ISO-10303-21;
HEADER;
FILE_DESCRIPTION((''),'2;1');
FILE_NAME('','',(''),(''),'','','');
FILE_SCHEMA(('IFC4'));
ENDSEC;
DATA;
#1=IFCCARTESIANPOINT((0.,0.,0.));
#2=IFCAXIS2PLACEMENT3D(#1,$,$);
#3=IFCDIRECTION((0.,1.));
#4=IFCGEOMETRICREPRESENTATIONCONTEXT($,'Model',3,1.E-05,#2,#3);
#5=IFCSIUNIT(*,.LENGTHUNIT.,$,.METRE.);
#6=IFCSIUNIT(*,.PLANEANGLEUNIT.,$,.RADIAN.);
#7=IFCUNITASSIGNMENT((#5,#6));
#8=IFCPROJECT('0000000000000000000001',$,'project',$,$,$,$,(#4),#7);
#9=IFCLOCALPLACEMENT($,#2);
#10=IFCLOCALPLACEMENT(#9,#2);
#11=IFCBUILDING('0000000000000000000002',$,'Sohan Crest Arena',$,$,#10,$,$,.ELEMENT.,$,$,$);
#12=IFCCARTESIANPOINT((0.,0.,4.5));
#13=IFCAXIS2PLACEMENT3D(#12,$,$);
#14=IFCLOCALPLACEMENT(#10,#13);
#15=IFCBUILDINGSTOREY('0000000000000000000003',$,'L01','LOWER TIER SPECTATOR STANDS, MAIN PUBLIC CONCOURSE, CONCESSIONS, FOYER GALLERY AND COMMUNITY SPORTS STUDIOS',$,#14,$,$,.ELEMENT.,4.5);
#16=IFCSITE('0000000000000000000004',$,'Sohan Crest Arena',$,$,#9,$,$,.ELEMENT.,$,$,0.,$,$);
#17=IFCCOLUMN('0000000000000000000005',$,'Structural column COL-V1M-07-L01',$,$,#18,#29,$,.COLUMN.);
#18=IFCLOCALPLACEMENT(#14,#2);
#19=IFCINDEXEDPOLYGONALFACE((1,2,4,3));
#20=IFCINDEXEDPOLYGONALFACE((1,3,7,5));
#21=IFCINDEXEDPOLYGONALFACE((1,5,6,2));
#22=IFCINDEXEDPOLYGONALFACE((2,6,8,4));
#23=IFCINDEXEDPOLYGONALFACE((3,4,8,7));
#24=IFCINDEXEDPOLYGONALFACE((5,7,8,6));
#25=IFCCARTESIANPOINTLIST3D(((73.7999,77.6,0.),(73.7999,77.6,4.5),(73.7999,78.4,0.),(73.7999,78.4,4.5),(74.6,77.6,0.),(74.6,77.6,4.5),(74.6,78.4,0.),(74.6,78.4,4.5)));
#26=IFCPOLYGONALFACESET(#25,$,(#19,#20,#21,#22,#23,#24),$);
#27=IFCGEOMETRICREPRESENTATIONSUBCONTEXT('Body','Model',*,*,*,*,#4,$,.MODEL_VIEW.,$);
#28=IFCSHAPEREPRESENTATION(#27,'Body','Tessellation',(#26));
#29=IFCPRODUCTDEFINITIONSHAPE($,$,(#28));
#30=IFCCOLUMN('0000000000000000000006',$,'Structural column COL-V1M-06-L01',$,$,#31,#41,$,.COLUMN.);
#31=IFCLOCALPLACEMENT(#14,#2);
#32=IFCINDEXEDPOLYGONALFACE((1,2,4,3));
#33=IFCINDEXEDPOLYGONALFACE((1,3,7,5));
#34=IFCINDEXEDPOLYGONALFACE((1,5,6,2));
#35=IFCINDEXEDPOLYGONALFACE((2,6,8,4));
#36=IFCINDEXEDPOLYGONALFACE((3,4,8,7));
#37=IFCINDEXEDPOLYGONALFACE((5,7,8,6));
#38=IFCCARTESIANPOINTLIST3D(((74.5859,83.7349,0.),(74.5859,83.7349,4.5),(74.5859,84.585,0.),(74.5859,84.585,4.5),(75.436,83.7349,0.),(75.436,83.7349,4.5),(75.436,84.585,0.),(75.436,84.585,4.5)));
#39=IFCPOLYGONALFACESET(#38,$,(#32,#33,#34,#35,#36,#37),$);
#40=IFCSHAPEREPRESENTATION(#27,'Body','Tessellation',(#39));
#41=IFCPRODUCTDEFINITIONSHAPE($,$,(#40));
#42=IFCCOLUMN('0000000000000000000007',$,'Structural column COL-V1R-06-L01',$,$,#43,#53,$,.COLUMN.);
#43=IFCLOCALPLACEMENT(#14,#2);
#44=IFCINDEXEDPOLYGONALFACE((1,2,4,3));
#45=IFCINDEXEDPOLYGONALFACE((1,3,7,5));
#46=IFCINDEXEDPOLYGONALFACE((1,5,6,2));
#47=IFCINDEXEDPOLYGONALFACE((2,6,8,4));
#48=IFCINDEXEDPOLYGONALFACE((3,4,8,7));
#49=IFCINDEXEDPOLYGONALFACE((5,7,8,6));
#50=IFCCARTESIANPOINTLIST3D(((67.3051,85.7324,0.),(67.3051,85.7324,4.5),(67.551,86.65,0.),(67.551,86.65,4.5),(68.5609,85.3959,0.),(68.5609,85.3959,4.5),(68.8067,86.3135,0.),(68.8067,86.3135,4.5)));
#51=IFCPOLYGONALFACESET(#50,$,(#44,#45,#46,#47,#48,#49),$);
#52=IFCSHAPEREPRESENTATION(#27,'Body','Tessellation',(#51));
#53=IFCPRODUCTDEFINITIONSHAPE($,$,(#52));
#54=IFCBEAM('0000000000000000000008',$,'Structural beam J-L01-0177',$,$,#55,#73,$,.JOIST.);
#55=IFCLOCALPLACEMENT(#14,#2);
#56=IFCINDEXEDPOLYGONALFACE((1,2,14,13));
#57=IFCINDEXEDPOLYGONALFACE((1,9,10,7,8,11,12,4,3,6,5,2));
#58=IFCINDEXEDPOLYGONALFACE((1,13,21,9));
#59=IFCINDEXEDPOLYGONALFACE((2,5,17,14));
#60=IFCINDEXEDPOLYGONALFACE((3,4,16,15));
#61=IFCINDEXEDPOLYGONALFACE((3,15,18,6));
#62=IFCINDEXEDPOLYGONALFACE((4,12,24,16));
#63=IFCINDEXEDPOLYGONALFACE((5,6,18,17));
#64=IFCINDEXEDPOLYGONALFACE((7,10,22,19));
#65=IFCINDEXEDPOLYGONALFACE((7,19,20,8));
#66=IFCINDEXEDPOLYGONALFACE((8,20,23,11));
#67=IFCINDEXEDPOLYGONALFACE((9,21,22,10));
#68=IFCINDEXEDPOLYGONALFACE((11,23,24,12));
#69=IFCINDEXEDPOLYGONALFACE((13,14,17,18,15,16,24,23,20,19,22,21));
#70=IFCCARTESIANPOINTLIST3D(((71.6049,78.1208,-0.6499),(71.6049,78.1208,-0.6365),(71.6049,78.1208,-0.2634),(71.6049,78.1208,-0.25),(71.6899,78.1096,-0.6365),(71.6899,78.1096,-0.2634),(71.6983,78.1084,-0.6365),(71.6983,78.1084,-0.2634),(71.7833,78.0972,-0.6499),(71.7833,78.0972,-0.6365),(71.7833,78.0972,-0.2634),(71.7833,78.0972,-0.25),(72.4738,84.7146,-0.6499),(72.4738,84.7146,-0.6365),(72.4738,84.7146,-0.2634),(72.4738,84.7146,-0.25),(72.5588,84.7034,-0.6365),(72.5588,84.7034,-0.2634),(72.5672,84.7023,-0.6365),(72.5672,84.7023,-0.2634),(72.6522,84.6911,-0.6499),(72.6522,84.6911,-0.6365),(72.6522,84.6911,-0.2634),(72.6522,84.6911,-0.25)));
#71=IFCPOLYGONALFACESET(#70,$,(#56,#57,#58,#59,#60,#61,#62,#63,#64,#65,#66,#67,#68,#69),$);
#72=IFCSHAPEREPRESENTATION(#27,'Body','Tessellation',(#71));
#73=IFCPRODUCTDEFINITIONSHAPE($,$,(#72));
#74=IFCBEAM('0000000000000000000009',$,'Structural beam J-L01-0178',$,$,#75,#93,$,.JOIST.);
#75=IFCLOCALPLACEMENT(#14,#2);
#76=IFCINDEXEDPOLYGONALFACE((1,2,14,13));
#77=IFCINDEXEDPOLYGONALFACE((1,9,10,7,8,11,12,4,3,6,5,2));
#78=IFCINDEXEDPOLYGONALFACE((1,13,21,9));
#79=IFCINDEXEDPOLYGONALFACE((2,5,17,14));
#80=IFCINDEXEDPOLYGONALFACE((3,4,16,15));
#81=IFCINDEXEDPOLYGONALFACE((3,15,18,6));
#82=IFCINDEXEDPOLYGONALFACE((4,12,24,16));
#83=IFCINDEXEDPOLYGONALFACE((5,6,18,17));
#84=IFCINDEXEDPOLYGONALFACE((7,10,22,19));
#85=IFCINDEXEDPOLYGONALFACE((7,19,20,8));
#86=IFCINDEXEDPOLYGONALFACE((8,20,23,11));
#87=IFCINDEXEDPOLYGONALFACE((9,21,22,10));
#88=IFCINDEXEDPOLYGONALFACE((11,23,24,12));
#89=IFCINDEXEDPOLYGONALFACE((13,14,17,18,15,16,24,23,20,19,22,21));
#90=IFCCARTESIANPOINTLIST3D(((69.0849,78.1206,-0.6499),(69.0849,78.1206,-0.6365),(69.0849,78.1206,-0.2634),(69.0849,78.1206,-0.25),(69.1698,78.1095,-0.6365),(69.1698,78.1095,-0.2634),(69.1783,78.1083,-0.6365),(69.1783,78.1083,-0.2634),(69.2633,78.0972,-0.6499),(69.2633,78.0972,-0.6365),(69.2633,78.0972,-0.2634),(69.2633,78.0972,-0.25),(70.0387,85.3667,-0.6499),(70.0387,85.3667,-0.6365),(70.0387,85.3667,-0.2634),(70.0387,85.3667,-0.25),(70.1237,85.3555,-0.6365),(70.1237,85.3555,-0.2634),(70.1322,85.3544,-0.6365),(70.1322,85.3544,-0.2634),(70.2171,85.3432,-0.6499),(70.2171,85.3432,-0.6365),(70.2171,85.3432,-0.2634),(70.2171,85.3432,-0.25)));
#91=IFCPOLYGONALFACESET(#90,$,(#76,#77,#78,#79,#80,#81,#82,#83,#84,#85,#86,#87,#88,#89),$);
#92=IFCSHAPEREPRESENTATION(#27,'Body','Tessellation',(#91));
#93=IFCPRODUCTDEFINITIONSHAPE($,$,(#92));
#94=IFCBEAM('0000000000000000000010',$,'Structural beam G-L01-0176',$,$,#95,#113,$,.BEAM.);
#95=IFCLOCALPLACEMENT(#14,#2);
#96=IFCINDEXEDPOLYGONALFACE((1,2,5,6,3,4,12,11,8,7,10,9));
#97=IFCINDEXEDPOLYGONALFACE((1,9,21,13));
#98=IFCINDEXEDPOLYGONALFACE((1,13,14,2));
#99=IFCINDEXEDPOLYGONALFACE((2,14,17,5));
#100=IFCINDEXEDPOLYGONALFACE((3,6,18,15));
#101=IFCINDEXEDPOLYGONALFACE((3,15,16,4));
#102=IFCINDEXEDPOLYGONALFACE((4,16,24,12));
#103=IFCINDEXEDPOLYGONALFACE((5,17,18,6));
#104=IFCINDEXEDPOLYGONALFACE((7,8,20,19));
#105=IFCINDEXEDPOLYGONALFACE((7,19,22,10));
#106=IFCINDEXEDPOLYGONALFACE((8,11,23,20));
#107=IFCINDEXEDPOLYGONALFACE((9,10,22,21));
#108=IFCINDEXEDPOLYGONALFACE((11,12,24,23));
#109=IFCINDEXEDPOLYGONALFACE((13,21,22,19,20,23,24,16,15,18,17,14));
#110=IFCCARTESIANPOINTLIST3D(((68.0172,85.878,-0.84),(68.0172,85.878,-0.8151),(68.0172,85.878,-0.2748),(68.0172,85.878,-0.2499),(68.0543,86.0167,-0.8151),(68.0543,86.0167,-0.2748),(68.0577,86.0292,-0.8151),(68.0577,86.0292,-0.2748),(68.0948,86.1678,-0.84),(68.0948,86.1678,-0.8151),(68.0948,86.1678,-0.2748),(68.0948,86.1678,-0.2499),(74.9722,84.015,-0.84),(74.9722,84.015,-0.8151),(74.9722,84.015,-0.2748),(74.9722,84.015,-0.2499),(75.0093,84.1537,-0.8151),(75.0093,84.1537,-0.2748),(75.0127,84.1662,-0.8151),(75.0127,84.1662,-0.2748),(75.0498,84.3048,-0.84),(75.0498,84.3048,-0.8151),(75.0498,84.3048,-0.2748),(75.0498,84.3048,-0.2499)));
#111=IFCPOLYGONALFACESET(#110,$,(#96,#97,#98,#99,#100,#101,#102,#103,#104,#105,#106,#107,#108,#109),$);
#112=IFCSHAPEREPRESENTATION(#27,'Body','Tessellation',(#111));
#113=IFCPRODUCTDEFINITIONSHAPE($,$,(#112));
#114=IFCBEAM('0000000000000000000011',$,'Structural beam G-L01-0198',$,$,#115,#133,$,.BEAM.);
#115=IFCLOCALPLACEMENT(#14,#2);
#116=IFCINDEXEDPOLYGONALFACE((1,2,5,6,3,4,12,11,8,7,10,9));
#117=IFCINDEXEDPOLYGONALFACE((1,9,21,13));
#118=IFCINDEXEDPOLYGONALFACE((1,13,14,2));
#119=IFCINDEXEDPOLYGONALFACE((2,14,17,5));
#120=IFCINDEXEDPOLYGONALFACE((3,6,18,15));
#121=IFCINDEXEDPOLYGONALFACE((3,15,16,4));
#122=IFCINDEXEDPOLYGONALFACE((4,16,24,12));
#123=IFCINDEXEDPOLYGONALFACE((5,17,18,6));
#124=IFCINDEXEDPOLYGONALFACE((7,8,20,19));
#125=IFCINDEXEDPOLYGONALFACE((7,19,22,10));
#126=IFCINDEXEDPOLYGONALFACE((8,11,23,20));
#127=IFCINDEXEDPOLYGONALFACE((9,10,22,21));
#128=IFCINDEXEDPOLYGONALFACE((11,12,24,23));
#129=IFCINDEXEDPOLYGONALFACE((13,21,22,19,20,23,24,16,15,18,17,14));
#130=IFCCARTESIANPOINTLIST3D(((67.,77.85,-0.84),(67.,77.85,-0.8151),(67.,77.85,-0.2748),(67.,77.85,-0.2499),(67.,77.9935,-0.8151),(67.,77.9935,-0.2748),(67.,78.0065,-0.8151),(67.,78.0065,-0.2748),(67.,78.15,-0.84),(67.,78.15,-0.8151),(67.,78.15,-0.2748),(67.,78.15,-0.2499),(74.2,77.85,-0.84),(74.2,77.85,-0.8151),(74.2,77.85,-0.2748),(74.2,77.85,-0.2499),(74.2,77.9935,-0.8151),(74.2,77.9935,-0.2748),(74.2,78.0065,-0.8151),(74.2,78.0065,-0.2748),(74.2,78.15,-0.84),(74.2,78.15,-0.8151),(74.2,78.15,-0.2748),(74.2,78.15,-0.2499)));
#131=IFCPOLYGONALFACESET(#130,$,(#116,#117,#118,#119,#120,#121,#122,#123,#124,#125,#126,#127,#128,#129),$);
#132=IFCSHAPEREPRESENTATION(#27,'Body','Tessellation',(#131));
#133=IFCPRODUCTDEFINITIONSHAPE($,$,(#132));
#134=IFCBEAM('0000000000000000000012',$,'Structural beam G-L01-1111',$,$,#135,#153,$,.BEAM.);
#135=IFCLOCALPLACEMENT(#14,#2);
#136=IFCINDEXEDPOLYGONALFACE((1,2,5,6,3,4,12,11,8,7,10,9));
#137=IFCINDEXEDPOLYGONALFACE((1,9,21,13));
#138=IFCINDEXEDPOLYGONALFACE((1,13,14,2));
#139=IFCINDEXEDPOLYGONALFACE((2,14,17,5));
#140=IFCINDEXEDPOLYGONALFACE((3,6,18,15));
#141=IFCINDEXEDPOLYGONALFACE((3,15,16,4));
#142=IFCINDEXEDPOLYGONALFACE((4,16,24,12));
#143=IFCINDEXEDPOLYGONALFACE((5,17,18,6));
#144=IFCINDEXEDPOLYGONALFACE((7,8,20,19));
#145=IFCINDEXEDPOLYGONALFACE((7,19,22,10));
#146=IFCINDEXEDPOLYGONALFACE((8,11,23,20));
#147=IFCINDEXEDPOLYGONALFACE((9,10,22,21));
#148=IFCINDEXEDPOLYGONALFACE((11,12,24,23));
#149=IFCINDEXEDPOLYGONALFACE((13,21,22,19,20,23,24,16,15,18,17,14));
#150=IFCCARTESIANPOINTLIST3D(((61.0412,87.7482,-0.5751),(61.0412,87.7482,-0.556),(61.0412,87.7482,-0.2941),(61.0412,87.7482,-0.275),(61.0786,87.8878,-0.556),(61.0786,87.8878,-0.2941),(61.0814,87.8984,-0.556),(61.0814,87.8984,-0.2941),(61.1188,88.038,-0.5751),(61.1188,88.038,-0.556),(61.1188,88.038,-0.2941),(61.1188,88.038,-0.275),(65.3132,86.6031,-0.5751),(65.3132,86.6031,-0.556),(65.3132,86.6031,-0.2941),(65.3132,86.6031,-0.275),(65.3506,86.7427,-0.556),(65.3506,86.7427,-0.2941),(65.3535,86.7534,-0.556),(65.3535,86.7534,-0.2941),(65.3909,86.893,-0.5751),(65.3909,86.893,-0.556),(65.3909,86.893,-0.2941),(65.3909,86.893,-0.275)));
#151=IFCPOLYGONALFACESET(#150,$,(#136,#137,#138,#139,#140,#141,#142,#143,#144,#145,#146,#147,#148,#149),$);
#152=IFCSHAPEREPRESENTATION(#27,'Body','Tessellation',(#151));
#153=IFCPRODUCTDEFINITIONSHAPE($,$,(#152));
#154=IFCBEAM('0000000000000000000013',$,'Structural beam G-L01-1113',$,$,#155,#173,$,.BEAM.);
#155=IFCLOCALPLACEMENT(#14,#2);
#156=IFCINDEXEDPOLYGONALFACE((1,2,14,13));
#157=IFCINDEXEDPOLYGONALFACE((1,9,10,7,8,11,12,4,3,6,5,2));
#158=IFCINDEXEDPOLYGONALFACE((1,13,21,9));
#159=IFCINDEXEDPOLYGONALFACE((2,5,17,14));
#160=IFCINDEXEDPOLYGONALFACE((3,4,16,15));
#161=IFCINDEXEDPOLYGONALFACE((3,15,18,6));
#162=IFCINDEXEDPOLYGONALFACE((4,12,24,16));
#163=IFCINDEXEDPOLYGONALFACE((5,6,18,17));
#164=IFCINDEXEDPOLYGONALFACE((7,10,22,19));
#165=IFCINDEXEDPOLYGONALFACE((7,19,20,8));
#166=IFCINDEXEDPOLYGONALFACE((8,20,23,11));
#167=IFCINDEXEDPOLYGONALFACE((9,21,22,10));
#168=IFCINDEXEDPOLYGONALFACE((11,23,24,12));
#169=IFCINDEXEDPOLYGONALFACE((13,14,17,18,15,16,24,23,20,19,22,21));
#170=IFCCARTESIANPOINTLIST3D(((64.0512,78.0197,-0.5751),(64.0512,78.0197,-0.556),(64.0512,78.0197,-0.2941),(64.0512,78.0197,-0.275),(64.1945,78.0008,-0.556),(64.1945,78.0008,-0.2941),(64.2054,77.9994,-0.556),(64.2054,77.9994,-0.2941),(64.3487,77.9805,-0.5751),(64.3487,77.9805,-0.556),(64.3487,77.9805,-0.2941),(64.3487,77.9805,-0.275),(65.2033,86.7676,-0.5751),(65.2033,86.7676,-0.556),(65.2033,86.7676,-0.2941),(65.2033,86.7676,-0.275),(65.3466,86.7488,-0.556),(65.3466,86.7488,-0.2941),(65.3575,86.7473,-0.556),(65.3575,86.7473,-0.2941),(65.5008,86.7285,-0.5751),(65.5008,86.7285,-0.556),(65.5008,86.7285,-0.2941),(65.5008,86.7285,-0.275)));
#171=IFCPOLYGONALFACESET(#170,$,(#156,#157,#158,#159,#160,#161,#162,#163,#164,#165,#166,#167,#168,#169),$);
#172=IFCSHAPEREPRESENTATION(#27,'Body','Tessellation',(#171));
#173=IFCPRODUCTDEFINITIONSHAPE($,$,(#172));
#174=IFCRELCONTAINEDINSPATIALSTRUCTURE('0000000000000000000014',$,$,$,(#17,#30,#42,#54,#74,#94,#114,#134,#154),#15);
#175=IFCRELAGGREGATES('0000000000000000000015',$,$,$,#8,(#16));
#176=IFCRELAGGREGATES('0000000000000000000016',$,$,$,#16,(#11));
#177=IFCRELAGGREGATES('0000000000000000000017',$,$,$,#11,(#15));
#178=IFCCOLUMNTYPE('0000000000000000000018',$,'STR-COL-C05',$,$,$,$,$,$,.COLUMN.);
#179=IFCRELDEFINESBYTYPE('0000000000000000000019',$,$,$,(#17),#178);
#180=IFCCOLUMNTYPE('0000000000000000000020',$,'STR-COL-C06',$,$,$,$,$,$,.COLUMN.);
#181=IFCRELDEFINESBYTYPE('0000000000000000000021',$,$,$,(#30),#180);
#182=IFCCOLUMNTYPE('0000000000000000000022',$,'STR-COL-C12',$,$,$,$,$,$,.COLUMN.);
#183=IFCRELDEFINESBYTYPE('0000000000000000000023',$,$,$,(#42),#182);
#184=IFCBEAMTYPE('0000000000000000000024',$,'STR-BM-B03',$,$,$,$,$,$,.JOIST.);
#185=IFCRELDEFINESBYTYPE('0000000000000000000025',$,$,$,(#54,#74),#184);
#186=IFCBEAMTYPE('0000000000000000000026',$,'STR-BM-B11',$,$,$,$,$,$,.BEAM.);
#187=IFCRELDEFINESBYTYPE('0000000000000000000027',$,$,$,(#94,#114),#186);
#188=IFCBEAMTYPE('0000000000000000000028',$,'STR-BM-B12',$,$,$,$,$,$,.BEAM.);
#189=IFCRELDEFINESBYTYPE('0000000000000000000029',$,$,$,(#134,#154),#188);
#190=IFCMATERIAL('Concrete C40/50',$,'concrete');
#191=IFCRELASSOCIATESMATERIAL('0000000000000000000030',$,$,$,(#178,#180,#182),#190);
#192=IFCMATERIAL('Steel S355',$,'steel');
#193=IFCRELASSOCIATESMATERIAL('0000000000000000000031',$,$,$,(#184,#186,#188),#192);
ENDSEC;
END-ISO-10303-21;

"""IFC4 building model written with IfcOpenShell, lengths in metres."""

from ifc_helpers import new_model, si_unit, direction, frame, origin, origin_2d, place, context, subcontext, project, spatial, rectangle, i_section, extrude, material, material_profile, profile_set, type_object, element, save


model = new_model("IFC4")

# Units and contexts
model_context = context("Model", 3, precision=1e-05, world=origin(), true_north=direction((0.0, 1.0)))
body_context = subcontext(model_context, "Body", "Model", "MODEL_VIEW")
ifc_project = project(units=[si_unit("LENGTHUNIT", "METRE"), si_unit("PLANEANGLEUNIT", "RADIAN")], contexts=[model_context])

# Site, building, storey
site_placement = place(None, origin())
site = spatial("IfcSite", under=ifc_project, at=site_placement, Name="Sohan Crest Arena", CompositionType="ELEMENT", RefElevation=0.0)
building_placement = place(site_placement, origin())
building = spatial("IfcBuilding", under=site, at=building_placement, Name="Sohan Crest Arena", CompositionType="ELEMENT")
storey_placement = place(building_placement, frame((0.0, 0.0, 4.5)))
storey = spatial("IfcBuildingStorey", under=building, at=storey_placement, Name="L01", Description="LOWER TIER SPECTATOR STANDS, MAIN PUBLIC CONCOURSE, CONCESSIONS, FOYER GALLERY AND COMMUNITY SPORTS STUDIOS", CompositionType="ELEMENT", Elevation=4.5)

# Columns
ifc_material_1 = material(Name="Concrete C40/50", Category="concrete")
ifc_material_profile_1 = material_profile(ifc_material_1, rectangle(XDim=0.8, YDim=0.8, at=origin_2d()), Name="RC 800x800")
ifc_profile_set_1 = profile_set([ifc_material_profile_1], Name="Concrete C40/50")
column_type_1 = type_object("IfcColumnType", Name="STR-COL-C05", PredefinedType="COLUMN", material=ifc_profile_set_1)
column_1_placement = place(storey_placement, frame((74.2, 78.0, 0.0), z_axis=(0.0, 0.0, 1.0), x_axis=(1.0, 0.0, 0.0)))
element("IfcColumn", 1, at=column_1_placement, inside=storey, type_object=column_type_1, Name="Structural column COL-V1M-07-L01", PredefinedType="COLUMN", context=body_context, shape_type="SweptSolid", body=[
    extrude(rectangle(XDim=0.8, YDim=0.8, at=origin_2d()), origin(), (0.0, 0.0, 1.0), 4.5),
])
ifc_material_profile_2 = material_profile(ifc_material_1, rectangle(XDim=0.8501, YDim=0.8501, at=origin_2d()), Name="RC 850x850")
ifc_profile_set_2 = profile_set([ifc_material_profile_2], Name="Concrete C40/50")
column_type_2 = type_object("IfcColumnType", Name="STR-COL-C06", PredefinedType="COLUMN", material=ifc_profile_set_2)
column_2_placement = place(storey_placement, frame((75.011, 84.1599, 0.0), z_axis=(0.0, 0.0, 1.0), x_axis=(1.0, 0.0, 0.0)))
element("IfcColumn", 2, at=column_2_placement, inside=storey, type_object=column_type_2, Name="Structural column COL-V1M-06-L01", PredefinedType="COLUMN", context=body_context, shape_type="SweptSolid", body=[
    extrude(rectangle(XDim=0.8501, YDim=0.8501, at=origin_2d()), origin(), (0.0, 0.0, 1.0), 4.5),
])
ifc_material_profile_3 = material_profile(ifc_material_1, rectangle(XDim=1.3, YDim=0.95, at=origin_2d()), Name="RC 1300x950")
ifc_profile_set_3 = profile_set([ifc_material_profile_3], Name="Concrete C40/50")
column_type_3 = type_object("IfcColumnType", Name="STR-COL-C12", PredefinedType="COLUMN", material=ifc_profile_set_3)
column_3_placement = place(storey_placement, frame((68.0559, 86.0229, 0.0), z_axis=(0.0, 0.0, 1.0), x_axis=(-0.965926, 0.258819, 0.0)))
element("IfcColumn", 3, at=column_3_placement, inside=storey, type_object=column_type_3, Name="Structural column COL-V1R-06-L01", PredefinedType="COLUMN", context=body_context, shape_type="SweptSolid", body=[
    extrude(rectangle(XDim=1.3, YDim=0.95, at=origin_2d()), origin(), (0.0, 0.0, 1.0), 4.5),
])

# Beams
ifc_material_2 = material(Name="Steel S355", Category="steel")
ifc_material_profile_4 = material_profile(ifc_material_2, i_section(OverallWidth=0.1799, OverallDepth=0.3999, WebThickness=0.0085, FlangeThickness=0.0134, at=origin_2d()), Name="IPE 400")
ifc_profile_set_4 = profile_set([ifc_material_profile_4], Name="Steel S355")
beam_type_1 = type_object("IfcBeamType", Name="STR-BM-B03", PredefinedType="JOIST", material=ifc_profile_set_4)
beam_1_placement = place(storey_placement, frame((72.563, 84.7029, -0.45), z_axis=(-0.130642, -0.99143, 0.0), x_axis=(0.99143, -0.130642, 0.0)))
element("IfcBeam", 4, at=beam_1_placement, inside=storey, type_object=beam_type_1, Name="Structural beam J-L01-0177", PredefinedType="JOIST", context=body_context, shape_type="SweptSolid", body=[
    extrude(i_section(OverallWidth=0.1799, OverallDepth=0.3999, WebThickness=0.0085, FlangeThickness=0.0134, at=origin_2d()), origin(), (0.0, 0.0, 1.0), 6.6509),
])
beam_2_placement = place(storey_placement, frame((70.1279, 85.355, -0.45), z_axis=(-0.130512, -0.991447, 0.0), x_axis=(0.991447, -0.130512, 0.0)))
element("IfcBeam", 5, at=beam_2_placement, inside=storey, type_object=beam_type_1, Name="Structural beam J-L01-0178", PredefinedType="JOIST", context=body_context, shape_type="SweptSolid", body=[
    extrude(i_section(OverallWidth=0.1799, OverallDepth=0.3999, WebThickness=0.0085, FlangeThickness=0.0134, at=origin_2d()), origin(), (0.0, 0.0, 1.0), 7.3086),
])
ifc_material_profile_5 = material_profile(ifc_material_2, i_section(OverallWidth=0.3, OverallDepth=0.5901, WebThickness=0.0129, FlangeThickness=0.0249, at=origin_2d()), Name="HEA 600")
ifc_profile_set_5 = profile_set([ifc_material_profile_5], Name="Steel S355")
beam_type_2 = type_object("IfcBeamType", Name="STR-BM-B11", PredefinedType="BEAM", material=ifc_profile_set_5)
beam_3_placement = place(storey_placement, frame((75.011, 84.1599, -0.5449), z_axis=(-0.965946, 0.258745, 0.0), x_axis=(-0.258745, -0.965946, 0.0)))
element("IfcBeam", 6, at=beam_3_placement, inside=storey, type_object=beam_type_2, Name="Structural beam G-L01-0176", PredefinedType="BEAM", context=body_context, shape_type="SweptSolid", body=[
    extrude(i_section(OverallWidth=0.3, OverallDepth=0.5901, WebThickness=0.0129, FlangeThickness=0.0249, at=origin_2d()), origin(), (0.0, 0.0, 1.0), 7.2002),
])
beam_4_placement = place(storey_placement, frame((74.2, 78.0, -0.5449), z_axis=(-1.0, 0.0, 0.0), x_axis=(0.0, -1.0, 0.0)))
element("IfcBeam", 7, at=beam_4_placement, inside=storey, type_object=beam_type_2, Name="Structural beam G-L01-0198", PredefinedType="BEAM", context=body_context, shape_type="SweptSolid", body=[
    extrude(i_section(OverallWidth=0.3, OverallDepth=0.5901, WebThickness=0.0129, FlangeThickness=0.0249, at=origin_2d()), origin(), (0.0, 0.0, 1.0), 7.2),
])
ifc_material_profile_6 = material_profile(ifc_material_2, i_section(OverallWidth=0.3, OverallDepth=0.3, WebThickness=0.011, FlangeThickness=0.019, at=origin_2d()), Name="HEB 300")
ifc_profile_set_6 = profile_set([ifc_material_profile_6], Name="Steel S355")
beam_type_3 = type_object("IfcBeamType", Name="STR-BM-B12", PredefinedType="BEAM", material=ifc_profile_set_6)
beam_5_placement = place(storey_placement, frame((65.3521, 86.748, -0.425), z_axis=(-0.965906, 0.258892, 0.0), x_axis=(-0.258892, -0.965906, 0.0)))
element("IfcBeam", 8, at=beam_5_placement, inside=storey, type_object=beam_type_3, Name="Structural beam G-L01-1111", PredefinedType="BEAM", context=body_context, shape_type="SweptSolid", body=[
    extrude(i_section(OverallWidth=0.3, OverallDepth=0.3, WebThickness=0.011, FlangeThickness=0.019, at=origin_2d()), origin(), (0.0, 0.0, 1.0), 4.4229),
])
beam_6_placement = place(storey_placement, frame((65.3521, 86.748, -0.425), z_axis=(-0.13057, -0.991439, 0.0), x_axis=(0.991439, -0.13057, 0.0)))
element("IfcBeam", 9, at=beam_6_placement, inside=storey, type_object=beam_type_3, Name="Structural beam G-L01-1113", PredefinedType="BEAM", context=body_context, shape_type="SweptSolid", body=[
    extrude(i_section(OverallWidth=0.3, OverallDepth=0.3, WebThickness=0.011, FlangeThickness=0.019, at=origin_2d()), origin(), (0.0, 0.0, 1.0), 8.8235),
])

save(model, "model.ifc")
